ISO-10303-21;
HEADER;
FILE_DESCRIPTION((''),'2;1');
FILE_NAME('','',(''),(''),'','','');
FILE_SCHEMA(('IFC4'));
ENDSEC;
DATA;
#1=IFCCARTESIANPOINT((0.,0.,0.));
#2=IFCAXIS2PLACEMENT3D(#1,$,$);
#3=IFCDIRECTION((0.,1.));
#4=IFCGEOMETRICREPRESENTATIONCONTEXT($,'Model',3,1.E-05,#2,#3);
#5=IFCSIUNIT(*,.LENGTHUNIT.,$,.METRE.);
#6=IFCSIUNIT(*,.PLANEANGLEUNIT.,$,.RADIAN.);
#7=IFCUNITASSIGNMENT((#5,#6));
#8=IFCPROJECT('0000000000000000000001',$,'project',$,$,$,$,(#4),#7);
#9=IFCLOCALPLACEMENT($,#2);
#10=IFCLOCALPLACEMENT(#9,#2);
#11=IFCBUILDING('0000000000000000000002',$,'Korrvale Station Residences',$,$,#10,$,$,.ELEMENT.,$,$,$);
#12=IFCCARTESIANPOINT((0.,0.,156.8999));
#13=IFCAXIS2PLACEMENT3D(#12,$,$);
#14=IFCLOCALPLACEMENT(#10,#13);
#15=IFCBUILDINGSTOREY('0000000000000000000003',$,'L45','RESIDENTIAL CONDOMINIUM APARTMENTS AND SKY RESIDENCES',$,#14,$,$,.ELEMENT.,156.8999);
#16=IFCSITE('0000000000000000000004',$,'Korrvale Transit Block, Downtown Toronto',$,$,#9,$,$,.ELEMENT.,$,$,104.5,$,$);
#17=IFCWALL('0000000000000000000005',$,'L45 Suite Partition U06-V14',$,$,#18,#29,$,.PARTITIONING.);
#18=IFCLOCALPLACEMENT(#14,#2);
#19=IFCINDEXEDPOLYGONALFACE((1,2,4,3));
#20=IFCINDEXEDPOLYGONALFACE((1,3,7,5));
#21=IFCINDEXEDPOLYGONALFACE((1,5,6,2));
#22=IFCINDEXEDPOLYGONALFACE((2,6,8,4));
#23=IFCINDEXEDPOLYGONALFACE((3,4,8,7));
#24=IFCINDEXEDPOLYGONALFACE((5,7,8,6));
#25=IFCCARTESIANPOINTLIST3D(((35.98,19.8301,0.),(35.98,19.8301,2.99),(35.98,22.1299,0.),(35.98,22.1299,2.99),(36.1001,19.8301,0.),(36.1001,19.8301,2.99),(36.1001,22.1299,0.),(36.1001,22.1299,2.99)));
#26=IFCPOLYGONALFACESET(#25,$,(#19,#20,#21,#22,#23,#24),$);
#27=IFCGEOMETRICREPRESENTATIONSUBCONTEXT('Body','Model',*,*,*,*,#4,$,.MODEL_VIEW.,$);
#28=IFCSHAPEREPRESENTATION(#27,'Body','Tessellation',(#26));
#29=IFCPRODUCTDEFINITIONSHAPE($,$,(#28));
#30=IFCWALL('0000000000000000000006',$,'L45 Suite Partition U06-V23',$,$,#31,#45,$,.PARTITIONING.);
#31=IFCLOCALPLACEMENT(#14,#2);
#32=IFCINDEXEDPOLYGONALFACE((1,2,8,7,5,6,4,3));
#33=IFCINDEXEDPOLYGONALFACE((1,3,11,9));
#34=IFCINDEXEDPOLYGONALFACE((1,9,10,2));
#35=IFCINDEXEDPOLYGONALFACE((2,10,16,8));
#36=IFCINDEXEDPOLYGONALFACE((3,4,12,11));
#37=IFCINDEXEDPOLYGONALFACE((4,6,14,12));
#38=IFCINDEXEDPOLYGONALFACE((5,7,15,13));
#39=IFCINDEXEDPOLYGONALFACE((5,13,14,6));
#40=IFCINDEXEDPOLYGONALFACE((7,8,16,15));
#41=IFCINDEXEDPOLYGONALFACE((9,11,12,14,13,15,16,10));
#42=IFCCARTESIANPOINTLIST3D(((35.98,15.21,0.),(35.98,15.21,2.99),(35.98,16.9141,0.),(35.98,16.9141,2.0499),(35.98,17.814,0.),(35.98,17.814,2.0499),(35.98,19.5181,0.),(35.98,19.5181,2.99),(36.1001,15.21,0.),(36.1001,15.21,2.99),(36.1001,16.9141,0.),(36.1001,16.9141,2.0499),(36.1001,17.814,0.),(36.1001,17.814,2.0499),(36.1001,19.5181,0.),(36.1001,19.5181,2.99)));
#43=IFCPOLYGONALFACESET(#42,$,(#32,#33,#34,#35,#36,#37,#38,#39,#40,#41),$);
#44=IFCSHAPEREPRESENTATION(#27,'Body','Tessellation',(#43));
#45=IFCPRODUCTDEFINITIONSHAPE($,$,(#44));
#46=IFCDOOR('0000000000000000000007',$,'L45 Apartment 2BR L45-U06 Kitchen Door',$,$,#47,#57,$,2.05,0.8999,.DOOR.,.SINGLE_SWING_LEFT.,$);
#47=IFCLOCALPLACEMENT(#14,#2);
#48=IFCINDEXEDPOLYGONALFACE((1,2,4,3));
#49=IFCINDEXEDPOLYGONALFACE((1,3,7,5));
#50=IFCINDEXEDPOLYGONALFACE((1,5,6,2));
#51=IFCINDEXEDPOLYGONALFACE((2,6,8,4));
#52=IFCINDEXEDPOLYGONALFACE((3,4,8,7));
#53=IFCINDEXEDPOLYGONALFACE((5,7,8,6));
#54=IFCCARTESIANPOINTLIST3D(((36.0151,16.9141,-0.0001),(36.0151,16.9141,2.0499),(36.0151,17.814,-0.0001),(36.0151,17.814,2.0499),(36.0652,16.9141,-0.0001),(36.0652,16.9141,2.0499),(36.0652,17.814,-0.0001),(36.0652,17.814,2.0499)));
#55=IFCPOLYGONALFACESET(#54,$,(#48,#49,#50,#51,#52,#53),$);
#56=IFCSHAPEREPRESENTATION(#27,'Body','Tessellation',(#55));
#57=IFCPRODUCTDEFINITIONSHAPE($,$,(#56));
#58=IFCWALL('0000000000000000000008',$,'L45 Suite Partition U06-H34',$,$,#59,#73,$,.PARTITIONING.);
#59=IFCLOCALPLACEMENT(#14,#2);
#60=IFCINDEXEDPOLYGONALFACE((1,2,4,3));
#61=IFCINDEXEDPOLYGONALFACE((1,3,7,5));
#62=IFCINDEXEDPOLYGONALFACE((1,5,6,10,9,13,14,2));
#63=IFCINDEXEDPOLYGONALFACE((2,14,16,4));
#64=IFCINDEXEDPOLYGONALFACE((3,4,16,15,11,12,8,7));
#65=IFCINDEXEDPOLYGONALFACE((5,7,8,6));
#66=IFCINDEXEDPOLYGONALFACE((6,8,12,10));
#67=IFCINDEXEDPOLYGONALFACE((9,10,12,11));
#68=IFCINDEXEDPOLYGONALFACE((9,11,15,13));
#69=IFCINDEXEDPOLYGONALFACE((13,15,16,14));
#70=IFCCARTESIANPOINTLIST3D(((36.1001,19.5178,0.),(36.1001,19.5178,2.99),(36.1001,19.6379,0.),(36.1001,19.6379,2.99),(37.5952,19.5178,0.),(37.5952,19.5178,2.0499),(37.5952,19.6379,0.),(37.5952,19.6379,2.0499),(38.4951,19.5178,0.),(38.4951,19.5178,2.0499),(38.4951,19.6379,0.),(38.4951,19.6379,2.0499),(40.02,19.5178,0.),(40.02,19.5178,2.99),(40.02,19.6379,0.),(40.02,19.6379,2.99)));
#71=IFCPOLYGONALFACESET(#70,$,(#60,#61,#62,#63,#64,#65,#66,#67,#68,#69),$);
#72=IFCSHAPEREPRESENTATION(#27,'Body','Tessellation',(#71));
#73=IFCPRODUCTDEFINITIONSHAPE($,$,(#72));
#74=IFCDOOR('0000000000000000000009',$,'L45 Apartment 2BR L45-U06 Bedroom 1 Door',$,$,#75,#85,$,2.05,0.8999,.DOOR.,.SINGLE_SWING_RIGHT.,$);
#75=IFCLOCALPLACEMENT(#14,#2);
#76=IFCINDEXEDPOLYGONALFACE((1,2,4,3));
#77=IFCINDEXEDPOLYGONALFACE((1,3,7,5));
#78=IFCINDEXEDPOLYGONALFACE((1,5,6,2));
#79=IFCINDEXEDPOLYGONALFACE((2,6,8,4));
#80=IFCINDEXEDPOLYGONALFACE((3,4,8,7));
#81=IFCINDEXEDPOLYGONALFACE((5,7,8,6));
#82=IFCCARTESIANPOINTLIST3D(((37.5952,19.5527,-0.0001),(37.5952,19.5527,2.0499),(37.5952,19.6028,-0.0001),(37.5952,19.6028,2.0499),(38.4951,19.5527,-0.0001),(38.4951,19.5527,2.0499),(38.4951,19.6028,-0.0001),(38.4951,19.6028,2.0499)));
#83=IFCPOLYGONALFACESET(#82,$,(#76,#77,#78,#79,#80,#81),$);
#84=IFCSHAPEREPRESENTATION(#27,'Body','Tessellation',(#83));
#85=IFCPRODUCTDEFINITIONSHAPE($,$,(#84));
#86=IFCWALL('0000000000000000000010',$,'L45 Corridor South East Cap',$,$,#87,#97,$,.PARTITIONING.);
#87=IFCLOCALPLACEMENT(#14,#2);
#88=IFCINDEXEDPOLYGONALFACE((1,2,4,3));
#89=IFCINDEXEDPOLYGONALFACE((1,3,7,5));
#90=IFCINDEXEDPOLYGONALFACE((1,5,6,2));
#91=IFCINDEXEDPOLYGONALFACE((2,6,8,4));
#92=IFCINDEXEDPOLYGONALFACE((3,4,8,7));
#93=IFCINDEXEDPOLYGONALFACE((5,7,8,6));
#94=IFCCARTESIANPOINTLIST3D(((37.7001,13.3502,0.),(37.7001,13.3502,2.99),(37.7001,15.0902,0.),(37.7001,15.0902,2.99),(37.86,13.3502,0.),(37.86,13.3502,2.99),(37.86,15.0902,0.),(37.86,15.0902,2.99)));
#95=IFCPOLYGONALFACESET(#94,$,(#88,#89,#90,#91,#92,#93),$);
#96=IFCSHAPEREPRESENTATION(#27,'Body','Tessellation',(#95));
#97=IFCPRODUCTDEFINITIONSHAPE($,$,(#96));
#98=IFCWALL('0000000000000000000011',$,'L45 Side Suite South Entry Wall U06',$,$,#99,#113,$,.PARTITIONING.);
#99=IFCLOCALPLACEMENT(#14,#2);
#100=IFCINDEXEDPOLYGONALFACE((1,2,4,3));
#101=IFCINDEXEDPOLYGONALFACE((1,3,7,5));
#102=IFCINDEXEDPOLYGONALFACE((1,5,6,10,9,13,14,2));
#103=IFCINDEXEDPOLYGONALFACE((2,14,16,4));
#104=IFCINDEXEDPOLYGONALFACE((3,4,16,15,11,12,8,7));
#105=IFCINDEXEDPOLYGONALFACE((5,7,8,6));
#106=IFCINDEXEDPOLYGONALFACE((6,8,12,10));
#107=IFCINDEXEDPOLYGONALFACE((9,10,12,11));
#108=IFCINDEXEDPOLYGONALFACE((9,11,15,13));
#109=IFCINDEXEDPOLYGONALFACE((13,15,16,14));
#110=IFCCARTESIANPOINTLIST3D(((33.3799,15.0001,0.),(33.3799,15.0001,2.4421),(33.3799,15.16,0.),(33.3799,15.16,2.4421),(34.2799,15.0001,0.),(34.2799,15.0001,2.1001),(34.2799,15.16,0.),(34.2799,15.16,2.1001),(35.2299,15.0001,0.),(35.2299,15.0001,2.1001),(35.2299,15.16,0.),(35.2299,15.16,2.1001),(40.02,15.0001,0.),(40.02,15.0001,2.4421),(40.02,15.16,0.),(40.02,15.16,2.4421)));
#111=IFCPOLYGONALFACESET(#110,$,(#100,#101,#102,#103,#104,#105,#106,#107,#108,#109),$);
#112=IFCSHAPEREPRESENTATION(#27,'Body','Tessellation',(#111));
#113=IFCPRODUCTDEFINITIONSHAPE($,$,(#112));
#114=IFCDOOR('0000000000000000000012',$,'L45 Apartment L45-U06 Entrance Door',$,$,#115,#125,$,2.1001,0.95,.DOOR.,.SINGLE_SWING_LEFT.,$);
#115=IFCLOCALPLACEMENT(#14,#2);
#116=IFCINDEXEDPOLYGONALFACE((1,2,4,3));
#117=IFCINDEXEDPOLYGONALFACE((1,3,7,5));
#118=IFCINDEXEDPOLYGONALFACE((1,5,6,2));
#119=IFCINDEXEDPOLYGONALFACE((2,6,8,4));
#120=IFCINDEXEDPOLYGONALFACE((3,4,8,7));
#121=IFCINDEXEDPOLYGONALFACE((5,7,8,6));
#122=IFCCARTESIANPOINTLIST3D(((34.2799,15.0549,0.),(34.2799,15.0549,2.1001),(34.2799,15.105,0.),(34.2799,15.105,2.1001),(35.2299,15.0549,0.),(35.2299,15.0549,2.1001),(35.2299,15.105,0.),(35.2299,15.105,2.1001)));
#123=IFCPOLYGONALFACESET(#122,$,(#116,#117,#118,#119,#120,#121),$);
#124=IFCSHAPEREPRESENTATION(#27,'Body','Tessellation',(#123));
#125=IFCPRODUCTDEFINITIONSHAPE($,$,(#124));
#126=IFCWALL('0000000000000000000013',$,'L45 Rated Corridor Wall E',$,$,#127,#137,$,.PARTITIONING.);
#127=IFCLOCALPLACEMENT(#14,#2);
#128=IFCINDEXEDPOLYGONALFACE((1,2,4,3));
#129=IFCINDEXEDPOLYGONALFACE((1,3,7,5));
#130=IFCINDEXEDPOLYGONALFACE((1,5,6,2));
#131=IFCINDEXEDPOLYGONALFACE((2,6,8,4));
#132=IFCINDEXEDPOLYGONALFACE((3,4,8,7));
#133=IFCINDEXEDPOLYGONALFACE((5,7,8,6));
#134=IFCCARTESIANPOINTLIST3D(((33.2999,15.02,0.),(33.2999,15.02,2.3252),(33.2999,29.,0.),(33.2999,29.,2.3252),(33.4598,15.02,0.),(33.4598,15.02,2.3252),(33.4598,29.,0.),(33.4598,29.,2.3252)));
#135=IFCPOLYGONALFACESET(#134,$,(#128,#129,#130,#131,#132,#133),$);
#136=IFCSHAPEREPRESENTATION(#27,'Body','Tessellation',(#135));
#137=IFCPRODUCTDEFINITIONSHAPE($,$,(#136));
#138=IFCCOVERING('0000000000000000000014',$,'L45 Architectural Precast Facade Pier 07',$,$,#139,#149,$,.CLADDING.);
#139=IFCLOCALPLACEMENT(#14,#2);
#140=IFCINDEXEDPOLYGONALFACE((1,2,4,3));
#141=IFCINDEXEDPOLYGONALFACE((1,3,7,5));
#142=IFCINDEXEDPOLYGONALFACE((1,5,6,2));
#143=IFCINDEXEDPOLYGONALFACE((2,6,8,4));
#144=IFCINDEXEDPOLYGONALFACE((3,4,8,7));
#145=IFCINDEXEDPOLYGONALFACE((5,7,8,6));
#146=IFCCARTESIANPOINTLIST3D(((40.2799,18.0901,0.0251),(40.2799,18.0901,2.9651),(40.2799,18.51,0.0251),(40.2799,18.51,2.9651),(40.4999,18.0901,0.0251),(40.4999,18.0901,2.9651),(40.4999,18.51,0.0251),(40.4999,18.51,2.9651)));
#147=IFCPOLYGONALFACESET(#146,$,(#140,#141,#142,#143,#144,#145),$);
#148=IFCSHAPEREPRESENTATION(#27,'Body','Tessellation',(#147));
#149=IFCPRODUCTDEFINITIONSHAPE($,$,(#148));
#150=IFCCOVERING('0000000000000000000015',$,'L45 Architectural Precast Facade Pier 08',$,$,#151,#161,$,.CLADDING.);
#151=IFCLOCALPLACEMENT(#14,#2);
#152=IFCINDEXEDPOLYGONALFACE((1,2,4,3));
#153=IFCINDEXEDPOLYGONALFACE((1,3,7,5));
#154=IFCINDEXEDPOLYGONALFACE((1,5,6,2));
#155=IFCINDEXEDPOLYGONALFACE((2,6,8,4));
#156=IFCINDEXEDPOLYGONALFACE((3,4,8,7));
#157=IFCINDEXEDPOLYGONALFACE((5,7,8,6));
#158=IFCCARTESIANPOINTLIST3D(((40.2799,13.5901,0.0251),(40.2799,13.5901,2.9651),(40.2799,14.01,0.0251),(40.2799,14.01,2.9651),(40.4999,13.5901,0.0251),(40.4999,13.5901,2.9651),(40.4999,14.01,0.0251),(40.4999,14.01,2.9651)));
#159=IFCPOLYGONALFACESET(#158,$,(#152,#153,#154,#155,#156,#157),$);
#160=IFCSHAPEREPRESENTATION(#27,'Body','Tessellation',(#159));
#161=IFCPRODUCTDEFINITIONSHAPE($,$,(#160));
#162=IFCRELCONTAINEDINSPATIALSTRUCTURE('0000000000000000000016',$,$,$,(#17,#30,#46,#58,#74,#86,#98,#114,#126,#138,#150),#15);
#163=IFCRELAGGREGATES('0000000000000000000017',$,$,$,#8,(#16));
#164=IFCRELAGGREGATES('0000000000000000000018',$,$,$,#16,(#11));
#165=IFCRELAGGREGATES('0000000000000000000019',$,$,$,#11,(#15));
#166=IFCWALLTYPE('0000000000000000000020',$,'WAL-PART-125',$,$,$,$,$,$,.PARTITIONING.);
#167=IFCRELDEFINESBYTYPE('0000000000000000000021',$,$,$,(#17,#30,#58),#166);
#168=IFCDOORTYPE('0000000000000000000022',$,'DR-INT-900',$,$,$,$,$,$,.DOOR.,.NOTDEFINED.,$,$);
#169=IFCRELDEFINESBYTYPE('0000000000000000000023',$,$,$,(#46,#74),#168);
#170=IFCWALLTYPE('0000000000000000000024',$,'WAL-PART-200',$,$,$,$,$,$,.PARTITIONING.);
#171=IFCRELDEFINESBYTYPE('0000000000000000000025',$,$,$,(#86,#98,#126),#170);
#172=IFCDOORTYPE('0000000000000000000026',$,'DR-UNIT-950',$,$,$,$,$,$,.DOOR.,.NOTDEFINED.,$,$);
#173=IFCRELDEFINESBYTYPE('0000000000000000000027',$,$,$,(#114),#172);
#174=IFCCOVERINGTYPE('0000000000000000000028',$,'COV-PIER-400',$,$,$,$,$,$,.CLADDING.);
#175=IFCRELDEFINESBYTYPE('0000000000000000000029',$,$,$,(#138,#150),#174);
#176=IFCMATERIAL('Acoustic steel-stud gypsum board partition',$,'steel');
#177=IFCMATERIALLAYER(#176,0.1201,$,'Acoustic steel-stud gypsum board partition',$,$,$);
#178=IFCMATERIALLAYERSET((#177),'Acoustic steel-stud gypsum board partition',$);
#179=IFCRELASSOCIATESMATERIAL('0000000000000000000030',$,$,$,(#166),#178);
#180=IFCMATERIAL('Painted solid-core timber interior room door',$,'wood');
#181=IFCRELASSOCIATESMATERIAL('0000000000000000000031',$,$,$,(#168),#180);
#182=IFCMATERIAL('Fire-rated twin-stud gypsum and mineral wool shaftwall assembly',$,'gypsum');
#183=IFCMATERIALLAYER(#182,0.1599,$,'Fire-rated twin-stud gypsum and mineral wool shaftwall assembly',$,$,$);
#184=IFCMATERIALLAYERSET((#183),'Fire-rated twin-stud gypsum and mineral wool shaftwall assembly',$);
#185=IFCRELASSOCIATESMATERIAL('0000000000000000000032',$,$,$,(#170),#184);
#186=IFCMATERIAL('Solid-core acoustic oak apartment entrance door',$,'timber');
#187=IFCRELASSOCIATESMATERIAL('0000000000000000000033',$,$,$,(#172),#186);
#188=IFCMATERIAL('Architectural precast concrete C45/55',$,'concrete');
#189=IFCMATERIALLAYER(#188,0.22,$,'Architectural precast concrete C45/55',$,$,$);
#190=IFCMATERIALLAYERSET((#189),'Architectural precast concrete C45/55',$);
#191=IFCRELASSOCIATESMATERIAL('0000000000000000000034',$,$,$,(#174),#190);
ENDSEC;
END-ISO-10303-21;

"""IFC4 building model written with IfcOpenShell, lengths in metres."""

from ifc_helpers import new_model, si_unit, direction, frame, frame_2d, origin, origin_2d, place, context, subcontext, project, spatial, rectangle, extrude, material, layer, layer_set, type_object, element, fill, save


model = new_model("IFC4")

# Units and contexts
model_context = context("Model", 3, precision=1e-05, world=origin(), true_north=direction((0.0, 1.0)))
body_context = subcontext(model_context, "Body", "Model", "MODEL_VIEW")
ifc_project = project(units=[si_unit("LENGTHUNIT", "METRE"), si_unit("PLANEANGLEUNIT", "RADIAN")], contexts=[model_context])

# Site, building, storey
site_placement = place(None, origin())
site = spatial("IfcSite", under=ifc_project, at=site_placement, Name="Korrvale Transit Block, Downtown Toronto", CompositionType="ELEMENT", RefElevation=104.5)
building_placement = place(site_placement, origin())
building = spatial("IfcBuilding", under=site, at=building_placement, Name="Korrvale Station Residences", CompositionType="ELEMENT")
storey_placement = place(building_placement, frame((0.0, 0.0, 156.8999)))
storey = spatial("IfcBuildingStorey", under=building, at=storey_placement, Name="L45", Description="RESIDENTIAL CONDOMINIUM APARTMENTS AND SKY RESIDENCES", CompositionType="ELEMENT", Elevation=156.8999)

# Shared definitions
ifc_material_1 = material(Name="Acoustic steel-stud gypsum board partition", Category="steel")
ifc_layer_1 = layer(ifc_material_1, 0.1201, Name="Acoustic steel-stud gypsum board partition")
ifc_layer_set_1 = layer_set([ifc_layer_1], Name="Acoustic steel-stud gypsum board partition")
wall_type_1 = type_object("IfcWallType", Name="WAL-PART-125", PredefinedType="PARTITIONING", material=ifc_layer_set_1)

# Wall
wall_1_placement = place(storey_placement, frame((36.04, 19.8301, 0.0), z_axis=(0.0, 0.0, 1.0), x_axis=(0.0, 1.0, 0.0)))
element("IfcWall", 1, at=wall_1_placement, inside=storey, type_object=wall_type_1, Name="L45 Suite Partition U06-V14", PredefinedType="PARTITIONING", context=body_context, shape_type="SweptSolid", body=[
    extrude(rectangle(XDim=2.2998, YDim=0.1201, at=frame_2d((1.1499, 0.0))), origin(), (0.0, 0.0, 1.0), 2.99),
])

# Walls, openings, doors
wall_2_placement = place(storey_placement, frame((36.04, 15.21, 0.0), z_axis=(0.0, 0.0, 1.0), x_axis=(0.0, 1.0, 0.0)))
wall_2 = element("IfcWall", 2, at=wall_2_placement, inside=storey, type_object=wall_type_1, Name="L45 Suite Partition U06-V23", PredefinedType="PARTITIONING", context=body_context, shape_type="SweptSolid", body=[
    extrude(rectangle(XDim=4.3081, YDim=0.1201, at=frame_2d((2.1541, 0.0))), origin(), (0.0, 0.0, 1.0), 2.99),
])
opening_1_placement = place(wall_2_placement, frame((1.7041, 0.0, 0.0)))
opening_1 = element("IfcOpeningElement", 3, at=opening_1_placement, cuts=wall_2, PredefinedType="OPENING", context=body_context, shape_type="SweptSolid", body=[
    extrude(rectangle(XDim=0.8999, YDim=2.05, at=frame_2d((0.45, 1.0249))), frame((0.0, 0.0701, 0.0), z_axis=(0.0, -1.0, 0.0), x_axis=(1.0, 0.0, 0.0)), (0.0, 0.0, 1.0), 0.1401),
])
ifc_material_2 = material(Name="Painted solid-core timber interior room door", Category="wood")
door_type_1 = type_object("IfcDoorType", Name="DR-INT-900", OperationType="NOTDEFINED", PredefinedType="DOOR", material=ifc_material_2)
door_1_placement = place(opening_1_placement, origin())
door_1 = element("IfcDoor", 4, at=door_1_placement, inside=storey, type_object=door_type_1, Name="L45 Apartment 2BR L45-U06 Kitchen Door", OperationType="SINGLE_SWING_LEFT", OverallHeight=2.05, OverallWidth=0.8999, PredefinedType="DOOR", context=body_context, shape_type="SweptSolid", body=[
    extrude(rectangle(XDim=0.8999, YDim=2.05, at=frame_2d((0.45, 1.0249))), frame((0.0, 0.0249, 0.0), z_axis=(0.0, -1.0, 0.0), x_axis=(1.0, 0.0, 0.0)), (0.0, 0.0, 1.0), 0.05),
])
fill(opening_1, door_1)
wall_3_placement = place(storey_placement, frame((36.1001, 19.5779, 0.0), z_axis=(0.0, 0.0, 1.0), x_axis=(1.0, 0.0, 0.0)))
wall_3 = element("IfcWall", 5, at=wall_3_placement, inside=storey, type_object=wall_type_1, Name="L45 Suite Partition U06-H34", PredefinedType="PARTITIONING", context=body_context, shape_type="SweptSolid", body=[
    extrude(rectangle(XDim=3.9199, YDim=0.1201, at=frame_2d((1.96, 0.0))), origin(), (0.0, 0.0, 1.0), 2.99),
])
opening_2_placement = place(wall_3_placement, frame((1.4951, 0.0, 0.0)))
opening_2 = element("IfcOpeningElement", 6, at=opening_2_placement, cuts=wall_3, PredefinedType="OPENING", context=body_context, shape_type="SweptSolid", body=[
    extrude(rectangle(XDim=0.8999, YDim=2.05, at=frame_2d((0.45, 1.0249))), frame((0.0, 0.0701, 0.0), z_axis=(0.0, -1.0, 0.0), x_axis=(1.0, 0.0, 0.0)), (0.0, 0.0, 1.0), 0.1401),
])
door_2_placement = place(opening_2_placement, origin())
door_2 = element("IfcDoor", 7, at=door_2_placement, inside=storey, type_object=door_type_1, Name="L45 Apartment 2BR L45-U06 Bedroom 1 Door", OperationType="SINGLE_SWING_RIGHT", OverallHeight=2.05, OverallWidth=0.8999, PredefinedType="DOOR", context=body_context, shape_type="SweptSolid", body=[
    extrude(rectangle(XDim=0.8999, YDim=2.05, at=frame_2d((0.45, 1.0249))), frame((0.0, 0.0249, 0.0), z_axis=(0.0, -1.0, 0.0), x_axis=(1.0, 0.0, 0.0)), (0.0, 0.0, 1.0), 0.05),
])
fill(opening_2, door_2)

# Wall
ifc_material_3 = material(Name="Fire-rated twin-stud gypsum and mineral wool shaftwall assembly", Category="gypsum")
ifc_layer_2 = layer(ifc_material_3, 0.1599, Name="Fire-rated twin-stud gypsum and mineral wool shaftwall assembly")
ifc_layer_set_2 = layer_set([ifc_layer_2], Name="Fire-rated twin-stud gypsum and mineral wool shaftwall assembly")
wall_type_2 = type_object("IfcWallType", Name="WAL-PART-200", PredefinedType="PARTITIONING", material=ifc_layer_set_2)
wall_4_placement = place(storey_placement, frame((37.78, 13.3501, 0.0), z_axis=(0.0, 0.0, 1.0), x_axis=(0.0, 1.0, 0.0)))
element("IfcWall", 8, at=wall_4_placement, inside=storey, type_object=wall_type_2, Name="L45 Corridor South East Cap", PredefinedType="PARTITIONING", context=body_context, shape_type="SweptSolid", body=[
    extrude(rectangle(XDim=1.74, YDim=0.1599, at=frame_2d((0.8701, 0.0))), origin(), (0.0, 0.0, 1.0), 2.99),
])

# Wall, opening, door
wall_5_placement = place(storey_placement, frame((33.3799, 15.0801, 0.0), z_axis=(0.0, 0.0, 1.0), x_axis=(1.0, 0.0, 0.0)))
wall_5 = element("IfcWall", 9, at=wall_5_placement, inside=storey, type_object=wall_type_2, Name="L45 Side Suite South Entry Wall U06", PredefinedType="PARTITIONING", context=body_context, shape_type="SweptSolid", body=[
    extrude(rectangle(XDim=6.6401, YDim=0.1599, at=frame_2d((3.3201, 0.0))), origin(), (0.0, 0.0, 1.0), 2.4421),
])
opening_3_placement = place(wall_5_placement, frame((0.8999, 0.0, 0.0)))
opening_3 = element("IfcOpeningElement", 10, at=opening_3_placement, cuts=wall_5, PredefinedType="OPENING", context=body_context, shape_type="SweptSolid", body=[
    extrude(rectangle(XDim=0.95, YDim=2.1001, at=frame_2d((0.4751, 1.05))), frame((0.0, 0.0898, 0.0), z_axis=(0.0, -1.0, 0.0), x_axis=(1.0, 0.0, 0.0)), (0.0, 0.0, 1.0), 0.1799),
])
ifc_material_4 = material(Name="Solid-core acoustic oak apartment entrance door", Category="timber")
door_type_2 = type_object("IfcDoorType", Name="DR-UNIT-950", OperationType="NOTDEFINED", PredefinedType="DOOR", material=ifc_material_4)
door_3_placement = place(opening_3_placement, origin())
door_3 = element("IfcDoor", 11, at=door_3_placement, inside=storey, type_object=door_type_2, Name="L45 Apartment L45-U06 Entrance Door", OperationType="SINGLE_SWING_LEFT", OverallHeight=2.1001, OverallWidth=0.95, PredefinedType="DOOR", context=body_context, shape_type="SweptSolid", body=[
    extrude(rectangle(XDim=0.95, YDim=2.1001, at=frame_2d((0.4751, 1.05))), frame((0.0, 0.0249, 0.0), z_axis=(0.0, -1.0, 0.0), x_axis=(1.0, 0.0, 0.0)), (0.0, 0.0, 1.0), 0.05),
])
fill(opening_3, door_3)

# Wall
wall_6_placement = place(storey_placement, frame((33.3799, 15.02, 0.0), z_axis=(0.0, 0.0, 1.0), x_axis=(0.0, 1.0, 0.0)))
element("IfcWall", 12, at=wall_6_placement, inside=storey, type_object=wall_type_2, Name="L45 Rated Corridor Wall E", PredefinedType="PARTITIONING", context=body_context, shape_type="SweptSolid", body=[
    extrude(rectangle(XDim=13.98, YDim=0.1599, at=frame_2d((6.99, 0.0))), origin(), (0.0, 0.0, 1.0), 2.3252),
])

# Coverings
ifc_material_5 = material(Name="Architectural precast concrete C45/55", Category="concrete")
ifc_layer_3 = layer(ifc_material_5, 0.22, Name="Architectural precast concrete C45/55")
ifc_layer_set_3 = layer_set([ifc_layer_3], Name="Architectural precast concrete C45/55")
covering_type = type_object("IfcCoveringType", Name="COV-PIER-400", PredefinedType="CLADDING", material=ifc_layer_set_3)
for number, where, z_axis, x_axis, name in (
    (13, (40.3899, 18.3, 0.0251), (0.0, 0.0, 1.0), (0.0, 1.0, 0.0), "L45 Architectural Precast Facade Pier 07"),
    (14, (40.3899, 13.8, 0.0251), (0.0, 0.0, 1.0), (0.0, 1.0, 0.0), "L45 Architectural Precast Facade Pier 08"),
):
    element("IfcCovering", number, at=place(storey_placement, frame(where, z_axis=z_axis, x_axis=x_axis)), inside=storey, type_object=covering_type, Name=name, PredefinedType="CLADDING", context=body_context, shape_type="SweptSolid", body=[
        extrude(rectangle(XDim=0.4199, YDim=0.22, at=origin_2d()), origin(), (0.0, 0.0, 1.0), 2.9399),
    ])

save(model, "model.ifc")
